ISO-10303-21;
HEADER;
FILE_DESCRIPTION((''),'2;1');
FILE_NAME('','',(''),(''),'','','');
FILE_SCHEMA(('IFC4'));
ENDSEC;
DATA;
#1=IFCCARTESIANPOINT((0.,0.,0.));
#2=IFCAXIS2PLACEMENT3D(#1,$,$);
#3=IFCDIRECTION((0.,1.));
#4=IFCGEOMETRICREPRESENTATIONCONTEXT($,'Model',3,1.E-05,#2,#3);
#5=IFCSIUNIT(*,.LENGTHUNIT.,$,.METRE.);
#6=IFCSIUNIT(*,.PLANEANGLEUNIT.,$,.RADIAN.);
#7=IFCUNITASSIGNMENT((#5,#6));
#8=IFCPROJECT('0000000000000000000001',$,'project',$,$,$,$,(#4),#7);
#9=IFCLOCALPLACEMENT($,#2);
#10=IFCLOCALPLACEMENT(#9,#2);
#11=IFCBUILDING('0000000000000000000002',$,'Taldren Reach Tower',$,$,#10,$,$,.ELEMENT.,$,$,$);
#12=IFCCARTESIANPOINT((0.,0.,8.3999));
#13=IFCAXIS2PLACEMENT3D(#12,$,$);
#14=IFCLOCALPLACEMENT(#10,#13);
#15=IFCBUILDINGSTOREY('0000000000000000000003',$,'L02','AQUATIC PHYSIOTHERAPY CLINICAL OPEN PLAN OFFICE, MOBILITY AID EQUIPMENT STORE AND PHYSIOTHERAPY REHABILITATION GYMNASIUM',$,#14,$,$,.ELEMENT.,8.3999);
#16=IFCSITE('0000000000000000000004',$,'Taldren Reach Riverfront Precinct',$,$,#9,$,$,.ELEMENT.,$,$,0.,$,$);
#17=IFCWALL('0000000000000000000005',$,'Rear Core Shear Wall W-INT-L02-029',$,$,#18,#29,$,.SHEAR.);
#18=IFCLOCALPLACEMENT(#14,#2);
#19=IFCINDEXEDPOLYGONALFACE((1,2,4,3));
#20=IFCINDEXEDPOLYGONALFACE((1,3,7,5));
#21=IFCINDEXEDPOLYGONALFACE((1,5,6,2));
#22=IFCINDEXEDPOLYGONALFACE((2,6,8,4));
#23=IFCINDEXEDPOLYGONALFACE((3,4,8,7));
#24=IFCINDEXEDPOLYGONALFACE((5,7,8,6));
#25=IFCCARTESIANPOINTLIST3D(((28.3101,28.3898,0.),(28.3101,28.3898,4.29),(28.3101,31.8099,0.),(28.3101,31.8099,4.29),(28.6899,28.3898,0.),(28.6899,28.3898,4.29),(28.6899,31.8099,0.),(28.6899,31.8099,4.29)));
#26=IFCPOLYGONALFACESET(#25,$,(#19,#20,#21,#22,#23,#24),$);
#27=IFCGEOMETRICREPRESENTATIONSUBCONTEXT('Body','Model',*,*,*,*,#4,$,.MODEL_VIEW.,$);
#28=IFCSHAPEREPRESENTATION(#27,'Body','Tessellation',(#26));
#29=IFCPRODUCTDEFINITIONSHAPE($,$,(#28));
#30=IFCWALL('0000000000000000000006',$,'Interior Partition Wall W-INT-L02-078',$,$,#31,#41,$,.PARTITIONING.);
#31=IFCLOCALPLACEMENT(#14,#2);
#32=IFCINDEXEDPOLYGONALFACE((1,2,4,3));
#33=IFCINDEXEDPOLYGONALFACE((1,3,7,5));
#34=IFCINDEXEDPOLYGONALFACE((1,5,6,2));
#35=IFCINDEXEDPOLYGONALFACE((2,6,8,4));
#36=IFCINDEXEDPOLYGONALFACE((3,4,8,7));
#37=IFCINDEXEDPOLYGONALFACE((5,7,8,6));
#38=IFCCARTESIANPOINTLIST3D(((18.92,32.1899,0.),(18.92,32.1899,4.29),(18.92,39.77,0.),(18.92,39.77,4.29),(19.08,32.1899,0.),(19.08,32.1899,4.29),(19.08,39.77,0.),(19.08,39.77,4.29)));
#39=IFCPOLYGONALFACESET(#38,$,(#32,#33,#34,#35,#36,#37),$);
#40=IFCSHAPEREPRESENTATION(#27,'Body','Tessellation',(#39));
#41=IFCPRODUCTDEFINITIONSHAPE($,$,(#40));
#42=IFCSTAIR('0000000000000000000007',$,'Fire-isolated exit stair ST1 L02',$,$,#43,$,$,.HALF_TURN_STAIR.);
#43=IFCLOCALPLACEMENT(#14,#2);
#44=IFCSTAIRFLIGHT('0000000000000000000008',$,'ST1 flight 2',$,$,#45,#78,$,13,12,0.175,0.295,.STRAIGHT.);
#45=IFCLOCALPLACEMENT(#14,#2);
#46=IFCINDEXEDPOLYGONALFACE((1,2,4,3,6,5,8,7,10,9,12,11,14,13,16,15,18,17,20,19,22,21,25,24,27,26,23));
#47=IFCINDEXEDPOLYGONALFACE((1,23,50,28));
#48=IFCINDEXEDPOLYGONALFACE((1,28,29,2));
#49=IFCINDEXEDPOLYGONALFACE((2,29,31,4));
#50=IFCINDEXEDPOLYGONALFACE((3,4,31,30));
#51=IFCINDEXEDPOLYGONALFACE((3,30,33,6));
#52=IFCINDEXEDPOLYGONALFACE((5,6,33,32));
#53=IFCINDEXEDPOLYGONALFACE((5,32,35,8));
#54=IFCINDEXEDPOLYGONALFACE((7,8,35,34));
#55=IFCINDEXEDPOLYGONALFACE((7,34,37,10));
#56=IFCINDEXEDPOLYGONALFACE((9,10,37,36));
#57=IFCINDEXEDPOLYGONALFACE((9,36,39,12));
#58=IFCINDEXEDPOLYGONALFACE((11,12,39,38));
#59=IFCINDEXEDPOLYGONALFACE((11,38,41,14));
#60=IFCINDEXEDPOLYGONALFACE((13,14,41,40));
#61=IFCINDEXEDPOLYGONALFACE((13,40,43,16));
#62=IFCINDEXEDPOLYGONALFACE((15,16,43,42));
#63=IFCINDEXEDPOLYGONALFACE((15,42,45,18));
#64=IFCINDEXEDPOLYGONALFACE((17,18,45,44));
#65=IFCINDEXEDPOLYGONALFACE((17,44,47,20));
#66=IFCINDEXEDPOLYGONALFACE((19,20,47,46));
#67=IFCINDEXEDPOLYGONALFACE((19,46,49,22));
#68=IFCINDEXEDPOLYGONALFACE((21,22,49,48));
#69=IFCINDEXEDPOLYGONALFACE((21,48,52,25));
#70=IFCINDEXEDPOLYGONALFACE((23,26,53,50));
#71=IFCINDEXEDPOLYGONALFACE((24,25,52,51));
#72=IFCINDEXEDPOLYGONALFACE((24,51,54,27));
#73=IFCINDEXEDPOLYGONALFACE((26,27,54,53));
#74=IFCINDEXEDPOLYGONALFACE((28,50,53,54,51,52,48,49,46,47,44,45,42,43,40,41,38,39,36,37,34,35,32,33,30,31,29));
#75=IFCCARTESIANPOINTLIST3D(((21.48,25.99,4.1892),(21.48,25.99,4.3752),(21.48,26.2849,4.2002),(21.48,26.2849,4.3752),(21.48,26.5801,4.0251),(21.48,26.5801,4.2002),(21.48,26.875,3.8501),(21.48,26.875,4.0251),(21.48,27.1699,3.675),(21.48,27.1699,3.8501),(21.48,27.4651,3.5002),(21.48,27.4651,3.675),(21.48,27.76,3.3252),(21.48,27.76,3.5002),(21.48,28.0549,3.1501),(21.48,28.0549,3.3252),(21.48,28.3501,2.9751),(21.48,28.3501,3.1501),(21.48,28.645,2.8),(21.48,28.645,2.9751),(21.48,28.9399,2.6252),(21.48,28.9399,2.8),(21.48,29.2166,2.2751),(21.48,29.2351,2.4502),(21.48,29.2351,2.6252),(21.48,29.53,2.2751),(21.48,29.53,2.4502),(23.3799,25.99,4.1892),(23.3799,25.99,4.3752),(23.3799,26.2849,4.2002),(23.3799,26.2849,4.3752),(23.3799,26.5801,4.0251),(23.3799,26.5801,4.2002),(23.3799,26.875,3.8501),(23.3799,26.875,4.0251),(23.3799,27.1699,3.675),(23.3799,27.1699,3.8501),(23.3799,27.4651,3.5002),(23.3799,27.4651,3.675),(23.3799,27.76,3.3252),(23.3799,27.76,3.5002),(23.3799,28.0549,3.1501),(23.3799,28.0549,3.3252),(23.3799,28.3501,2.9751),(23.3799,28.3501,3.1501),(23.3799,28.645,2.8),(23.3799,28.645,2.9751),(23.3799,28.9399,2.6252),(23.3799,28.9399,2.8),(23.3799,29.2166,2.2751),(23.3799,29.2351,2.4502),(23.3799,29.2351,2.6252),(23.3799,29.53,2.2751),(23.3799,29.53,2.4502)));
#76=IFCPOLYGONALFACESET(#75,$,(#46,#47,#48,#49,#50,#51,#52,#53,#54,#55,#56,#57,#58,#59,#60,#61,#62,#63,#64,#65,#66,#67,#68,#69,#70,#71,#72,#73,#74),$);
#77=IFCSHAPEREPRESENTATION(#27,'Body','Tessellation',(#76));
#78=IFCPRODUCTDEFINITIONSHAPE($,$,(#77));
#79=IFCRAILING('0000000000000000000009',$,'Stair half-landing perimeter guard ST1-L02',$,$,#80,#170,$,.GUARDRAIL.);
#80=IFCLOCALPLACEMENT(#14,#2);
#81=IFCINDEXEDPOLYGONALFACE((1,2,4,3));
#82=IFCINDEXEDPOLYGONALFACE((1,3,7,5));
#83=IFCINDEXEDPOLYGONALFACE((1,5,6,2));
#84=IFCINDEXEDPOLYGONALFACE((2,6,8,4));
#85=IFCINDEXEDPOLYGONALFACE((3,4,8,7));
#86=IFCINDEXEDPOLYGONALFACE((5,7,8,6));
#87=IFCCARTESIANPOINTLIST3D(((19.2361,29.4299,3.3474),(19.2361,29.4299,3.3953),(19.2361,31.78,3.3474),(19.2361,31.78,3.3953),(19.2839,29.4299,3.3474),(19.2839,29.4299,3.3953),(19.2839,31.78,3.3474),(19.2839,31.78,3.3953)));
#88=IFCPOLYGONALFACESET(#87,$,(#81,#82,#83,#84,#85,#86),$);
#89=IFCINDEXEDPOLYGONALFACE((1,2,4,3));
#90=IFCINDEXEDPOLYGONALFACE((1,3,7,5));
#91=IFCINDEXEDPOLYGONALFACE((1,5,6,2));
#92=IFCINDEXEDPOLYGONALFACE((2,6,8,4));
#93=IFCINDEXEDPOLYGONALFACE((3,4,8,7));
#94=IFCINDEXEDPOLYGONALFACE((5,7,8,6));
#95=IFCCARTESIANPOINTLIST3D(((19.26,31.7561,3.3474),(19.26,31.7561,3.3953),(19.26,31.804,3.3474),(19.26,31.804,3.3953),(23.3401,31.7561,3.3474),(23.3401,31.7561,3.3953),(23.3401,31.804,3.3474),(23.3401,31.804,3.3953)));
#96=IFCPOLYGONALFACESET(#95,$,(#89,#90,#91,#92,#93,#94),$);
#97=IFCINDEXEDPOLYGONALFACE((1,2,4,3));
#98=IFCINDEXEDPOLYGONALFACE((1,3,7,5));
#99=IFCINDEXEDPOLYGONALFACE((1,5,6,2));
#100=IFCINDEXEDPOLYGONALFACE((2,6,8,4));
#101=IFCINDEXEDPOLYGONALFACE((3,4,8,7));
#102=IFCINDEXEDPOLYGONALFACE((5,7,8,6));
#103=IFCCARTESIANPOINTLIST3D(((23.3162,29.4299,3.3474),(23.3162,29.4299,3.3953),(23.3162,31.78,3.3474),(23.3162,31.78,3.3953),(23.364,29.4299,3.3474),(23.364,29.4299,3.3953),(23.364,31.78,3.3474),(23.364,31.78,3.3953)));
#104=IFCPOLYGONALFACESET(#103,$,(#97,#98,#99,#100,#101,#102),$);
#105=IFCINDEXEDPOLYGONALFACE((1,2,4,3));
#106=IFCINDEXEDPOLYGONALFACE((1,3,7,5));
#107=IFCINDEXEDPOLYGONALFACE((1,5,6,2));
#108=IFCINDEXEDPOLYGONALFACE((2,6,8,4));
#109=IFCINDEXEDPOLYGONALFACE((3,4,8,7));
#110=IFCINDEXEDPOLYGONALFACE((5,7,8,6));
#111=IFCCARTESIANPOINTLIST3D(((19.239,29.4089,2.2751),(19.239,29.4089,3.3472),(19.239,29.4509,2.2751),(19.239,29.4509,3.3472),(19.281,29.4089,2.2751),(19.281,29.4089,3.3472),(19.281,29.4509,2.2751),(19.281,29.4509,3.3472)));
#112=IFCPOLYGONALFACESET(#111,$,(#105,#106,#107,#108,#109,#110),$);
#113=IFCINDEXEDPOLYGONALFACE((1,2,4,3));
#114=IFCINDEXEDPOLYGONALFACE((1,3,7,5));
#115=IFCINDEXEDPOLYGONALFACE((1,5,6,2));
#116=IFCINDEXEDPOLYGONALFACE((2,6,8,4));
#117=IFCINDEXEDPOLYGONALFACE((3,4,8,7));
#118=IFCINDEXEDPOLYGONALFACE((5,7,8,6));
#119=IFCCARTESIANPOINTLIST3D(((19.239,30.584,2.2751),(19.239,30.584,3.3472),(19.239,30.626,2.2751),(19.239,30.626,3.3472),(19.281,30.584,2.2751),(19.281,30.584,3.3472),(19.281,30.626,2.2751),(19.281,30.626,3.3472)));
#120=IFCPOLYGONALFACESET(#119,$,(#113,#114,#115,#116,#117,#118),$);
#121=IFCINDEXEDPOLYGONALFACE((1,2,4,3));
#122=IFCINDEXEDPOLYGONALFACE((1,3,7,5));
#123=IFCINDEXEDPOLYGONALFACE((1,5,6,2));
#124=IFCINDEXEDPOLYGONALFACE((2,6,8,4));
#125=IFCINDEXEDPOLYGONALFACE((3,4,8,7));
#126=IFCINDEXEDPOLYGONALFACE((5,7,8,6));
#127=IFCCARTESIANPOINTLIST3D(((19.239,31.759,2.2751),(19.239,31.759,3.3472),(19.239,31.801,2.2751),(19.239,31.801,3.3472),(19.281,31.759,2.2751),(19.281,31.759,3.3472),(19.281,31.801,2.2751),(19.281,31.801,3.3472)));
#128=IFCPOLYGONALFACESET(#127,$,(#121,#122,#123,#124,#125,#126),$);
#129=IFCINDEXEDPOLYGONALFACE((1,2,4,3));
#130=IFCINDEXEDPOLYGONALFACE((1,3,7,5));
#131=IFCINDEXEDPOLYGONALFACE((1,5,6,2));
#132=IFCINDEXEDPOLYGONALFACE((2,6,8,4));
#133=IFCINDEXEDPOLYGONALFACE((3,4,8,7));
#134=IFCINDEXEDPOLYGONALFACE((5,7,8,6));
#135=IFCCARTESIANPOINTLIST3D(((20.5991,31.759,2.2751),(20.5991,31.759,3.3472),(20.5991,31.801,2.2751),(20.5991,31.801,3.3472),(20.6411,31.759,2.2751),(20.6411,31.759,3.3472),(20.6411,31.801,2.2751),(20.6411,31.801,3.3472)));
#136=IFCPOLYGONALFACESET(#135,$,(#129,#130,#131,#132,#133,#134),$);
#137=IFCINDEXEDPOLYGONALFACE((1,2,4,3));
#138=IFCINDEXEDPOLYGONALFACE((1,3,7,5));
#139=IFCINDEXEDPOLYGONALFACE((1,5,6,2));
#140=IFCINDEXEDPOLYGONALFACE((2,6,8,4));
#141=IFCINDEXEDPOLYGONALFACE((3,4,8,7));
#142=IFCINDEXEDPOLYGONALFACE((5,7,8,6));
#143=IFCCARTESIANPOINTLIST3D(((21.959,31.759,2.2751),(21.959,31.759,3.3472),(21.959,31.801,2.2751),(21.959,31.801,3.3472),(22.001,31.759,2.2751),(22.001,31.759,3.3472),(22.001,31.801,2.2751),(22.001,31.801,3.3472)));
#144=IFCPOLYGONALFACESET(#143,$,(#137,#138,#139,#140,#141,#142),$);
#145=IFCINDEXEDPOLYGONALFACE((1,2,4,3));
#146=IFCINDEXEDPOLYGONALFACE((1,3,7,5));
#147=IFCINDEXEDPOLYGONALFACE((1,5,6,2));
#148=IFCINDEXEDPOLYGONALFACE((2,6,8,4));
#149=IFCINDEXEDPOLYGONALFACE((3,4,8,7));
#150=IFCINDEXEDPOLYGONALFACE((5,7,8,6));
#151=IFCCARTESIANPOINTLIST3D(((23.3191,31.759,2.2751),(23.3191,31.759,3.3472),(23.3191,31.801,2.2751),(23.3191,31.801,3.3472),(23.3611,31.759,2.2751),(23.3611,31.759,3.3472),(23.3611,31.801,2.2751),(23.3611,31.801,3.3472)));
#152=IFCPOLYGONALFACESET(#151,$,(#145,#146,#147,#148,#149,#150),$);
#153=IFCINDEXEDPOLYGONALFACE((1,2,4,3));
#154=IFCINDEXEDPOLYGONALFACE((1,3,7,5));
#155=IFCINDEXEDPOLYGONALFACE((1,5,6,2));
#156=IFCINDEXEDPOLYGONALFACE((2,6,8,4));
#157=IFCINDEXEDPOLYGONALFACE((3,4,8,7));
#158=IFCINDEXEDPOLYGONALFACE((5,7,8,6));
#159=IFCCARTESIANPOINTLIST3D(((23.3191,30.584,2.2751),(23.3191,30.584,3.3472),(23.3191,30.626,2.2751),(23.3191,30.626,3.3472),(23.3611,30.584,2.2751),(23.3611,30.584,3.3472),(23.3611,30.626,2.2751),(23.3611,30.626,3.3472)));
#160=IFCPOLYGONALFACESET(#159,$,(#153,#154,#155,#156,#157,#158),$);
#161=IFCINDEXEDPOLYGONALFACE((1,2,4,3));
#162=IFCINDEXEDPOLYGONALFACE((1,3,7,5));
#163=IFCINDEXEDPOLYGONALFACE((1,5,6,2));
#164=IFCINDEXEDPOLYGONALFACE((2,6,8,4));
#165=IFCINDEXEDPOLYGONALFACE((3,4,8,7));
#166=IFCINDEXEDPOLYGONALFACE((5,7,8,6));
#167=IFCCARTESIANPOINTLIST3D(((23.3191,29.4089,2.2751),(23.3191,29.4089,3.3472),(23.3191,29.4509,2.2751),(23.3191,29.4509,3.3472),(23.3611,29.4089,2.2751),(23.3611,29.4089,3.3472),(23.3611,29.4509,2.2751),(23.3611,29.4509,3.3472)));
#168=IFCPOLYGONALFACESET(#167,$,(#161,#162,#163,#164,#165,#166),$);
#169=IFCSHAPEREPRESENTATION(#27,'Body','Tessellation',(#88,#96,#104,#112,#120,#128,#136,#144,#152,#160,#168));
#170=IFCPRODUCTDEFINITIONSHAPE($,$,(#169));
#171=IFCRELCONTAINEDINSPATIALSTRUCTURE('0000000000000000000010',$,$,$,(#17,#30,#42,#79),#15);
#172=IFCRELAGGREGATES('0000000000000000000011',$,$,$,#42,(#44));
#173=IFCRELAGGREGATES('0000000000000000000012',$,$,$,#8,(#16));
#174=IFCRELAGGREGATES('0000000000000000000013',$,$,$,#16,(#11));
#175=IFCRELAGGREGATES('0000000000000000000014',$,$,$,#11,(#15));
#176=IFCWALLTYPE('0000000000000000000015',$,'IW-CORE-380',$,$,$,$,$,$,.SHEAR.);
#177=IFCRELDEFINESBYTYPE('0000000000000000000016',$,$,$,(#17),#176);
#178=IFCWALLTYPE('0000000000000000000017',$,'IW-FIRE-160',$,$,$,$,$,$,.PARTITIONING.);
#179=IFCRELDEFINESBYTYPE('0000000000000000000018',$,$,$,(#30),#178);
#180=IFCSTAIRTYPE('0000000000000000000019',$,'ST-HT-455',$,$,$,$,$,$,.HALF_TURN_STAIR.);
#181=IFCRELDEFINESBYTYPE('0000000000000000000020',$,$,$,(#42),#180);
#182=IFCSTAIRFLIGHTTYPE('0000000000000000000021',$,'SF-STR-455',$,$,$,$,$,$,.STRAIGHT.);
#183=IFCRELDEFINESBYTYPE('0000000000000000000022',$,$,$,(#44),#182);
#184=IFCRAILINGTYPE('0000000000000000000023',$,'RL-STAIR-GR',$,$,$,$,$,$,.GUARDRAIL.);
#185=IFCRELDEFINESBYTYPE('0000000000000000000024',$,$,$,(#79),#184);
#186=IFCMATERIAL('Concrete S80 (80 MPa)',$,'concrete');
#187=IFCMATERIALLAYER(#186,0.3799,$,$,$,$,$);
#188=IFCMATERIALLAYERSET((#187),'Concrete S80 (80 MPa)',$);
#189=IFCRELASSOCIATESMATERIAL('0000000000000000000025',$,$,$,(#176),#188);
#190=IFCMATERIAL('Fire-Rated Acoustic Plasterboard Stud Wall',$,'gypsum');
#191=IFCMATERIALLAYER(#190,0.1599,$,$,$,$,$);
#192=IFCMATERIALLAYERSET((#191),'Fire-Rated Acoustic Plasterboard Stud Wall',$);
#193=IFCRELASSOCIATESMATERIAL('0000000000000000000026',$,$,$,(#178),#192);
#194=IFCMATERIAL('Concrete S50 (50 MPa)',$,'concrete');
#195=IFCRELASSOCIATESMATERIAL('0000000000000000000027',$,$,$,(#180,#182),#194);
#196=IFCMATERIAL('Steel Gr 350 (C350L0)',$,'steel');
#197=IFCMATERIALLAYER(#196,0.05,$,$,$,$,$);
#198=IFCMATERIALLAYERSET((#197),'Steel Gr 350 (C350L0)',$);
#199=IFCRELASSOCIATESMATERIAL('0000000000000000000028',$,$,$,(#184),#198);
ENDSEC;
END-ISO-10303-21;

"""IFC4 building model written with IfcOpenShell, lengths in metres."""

from ifc_helpers import new_model, si_unit, direction, frame, frame_2d, origin, origin_2d, place, context, subcontext, project, spatial, polyline, rectangle, outline, extrude, source, transform, mapped, material, layer, layer_set, type_object, element, aggregate, save


model = new_model("IFC4")

# Units and contexts
model_context = context("Model", 3, precision=1e-05, world=origin(), true_north=direction((0.0, 1.0)))
body_context = subcontext(model_context, "Body", "Model", "MODEL_VIEW")
ifc_project = project(units=[si_unit("LENGTHUNIT", "METRE"), si_unit("PLANEANGLEUNIT", "RADIAN")], contexts=[model_context])

# Site, building, storey
site_placement = place(None, origin())
site = spatial("IfcSite", under=ifc_project, at=site_placement, Name="Taldren Reach Riverfront Precinct", CompositionType="ELEMENT", RefElevation=0.0)
building_placement = place(site_placement, origin())
building = spatial("IfcBuilding", under=site, at=building_placement, Name="Taldren Reach Tower", CompositionType="ELEMENT")
storey_placement = place(building_placement, frame((0.0, 0.0, 8.3999)))
storey = spatial("IfcBuildingStorey", under=building, at=storey_placement, Name="L02", Description="AQUATIC PHYSIOTHERAPY CLINICAL OPEN PLAN OFFICE, MOBILITY AID EQUIPMENT STORE AND PHYSIOTHERAPY REHABILITATION GYMNASIUM", CompositionType="ELEMENT", Elevation=8.3999)

# Shared definitions
ifc_material_1 = material(Name="Steel Gr 350 (C350L0)", Category="steel")

# Wall
ifc_material_2 = material(Name="Concrete S80 (80 MPa)", Category="concrete")
ifc_layer_1 = layer(ifc_material_2, 0.3799)
ifc_layer_set_1 = layer_set([ifc_layer_1], Name="Concrete S80 (80 MPa)")
wall_type_1 = type_object("IfcWallType", Name="IW-CORE-380", PredefinedType="SHEAR", material=ifc_layer_set_1)
shared_shape_1 = source(origin(), body_context, "Body", "SweptSolid", [
    extrude(rectangle(XDim=3.4202, YDim=0.3799, at=frame_2d((1.71, 0.0))), origin(), (0.0, 0.0, 1.0), 4.29),
])
for number, where, z_axis, x_axis, name in (
    (1, (28.5, 28.3899, 0.0), (0.0, 0.0, 1.0), (0.0, 1.0, 0.0), "Rear Core Shear Wall W-INT-L02-029"),
):
    element("IfcWall", number, at=place(storey_placement, frame(where, z_axis=z_axis, x_axis=x_axis)), inside=storey, type_object=wall_type_1, Name=name, PredefinedType="SHEAR", context=body_context, shape_type="MappedRepresentation", body=[
        mapped(shared_shape_1, transform((0.0, 0.0, 0.0), scale=1.0)),
    ])

# Wall
ifc_material_3 = material(Name="Fire-Rated Acoustic Plasterboard Stud Wall", Category="gypsum")
ifc_layer_2 = layer(ifc_material_3, 0.1599)
ifc_layer_set_2 = layer_set([ifc_layer_2], Name="Fire-Rated Acoustic Plasterboard Stud Wall")
wall_type_2 = type_object("IfcWallType", Name="IW-FIRE-160", PredefinedType="PARTITIONING", material=ifc_layer_set_2)
shared_shape_2 = source(origin(), body_context, "Body", "SweptSolid", [
    extrude(rectangle(XDim=7.5801, YDim=0.1599, at=frame_2d((3.79, 0.0))), origin(), (0.0, 0.0, 1.0), 4.29),
])
wall_1_placement = place(storey_placement, frame((19.0, 39.77, 0.0), z_axis=(0.0, 0.0, 1.0), x_axis=(0.0, -1.0, 0.0)))
element("IfcWall", 2, at=wall_1_placement, inside=storey, type_object=wall_type_2, Name="Interior Partition Wall W-INT-L02-078", PredefinedType="PARTITIONING", context=body_context, shape_type="MappedRepresentation", body=[
    mapped(shared_shape_2, transform((0.0, 0.0, 0.0), scale=1.0)),
])

# Stair, stair flight
ifc_material_4 = material(Name="Concrete S50 (50 MPa)", Category="concrete")
stair_type = type_object("IfcStairType", Name="ST-HT-455", PredefinedType="HALF_TURN_STAIR", material=ifc_material_4)
stair_placement = place(storey_placement, origin())
stair = element("IfcStair", 3, at=stair_placement, inside=storey, type_object=stair_type, Name="Fire-isolated exit stair ST1 L02", PredefinedType="HALF_TURN_STAIR")
stair_flight_type = type_object("IfcStairFlightType", Name="SF-STR-455", PredefinedType="STRAIGHT", material=ifc_material_4)
stair_flight_placement = place(storey_placement, frame((22.4299, 29.53, 2.2751), z_axis=(0.0, 0.0, 1.0), x_axis=(0.0, -1.0, 0.0)))
stair_flight = element("IfcStairFlight", 4, at=stair_flight_placement, type_object=stair_flight_type, Name="ST1 flight 2", NumberOfRisers=13, NumberOfTreads=12, PredefinedType="STRAIGHT", RiserHeight=0.175, TreadLength=0.295, context=body_context, shape_type="SweptSolid", body=[
    extrude(outline(polyline([(0.0, 0.0), (0.0, 0.175), (0.2949, 0.175), (0.2949, 0.3501), (0.5901, 0.3501), (0.5901, 0.5249), (0.885, 0.5249), (0.885, 0.7), (1.1799, 0.7), (1.1799, 0.875), (1.4751, 0.875), (1.4751, 1.05), (1.77, 1.05), (1.77, 1.2251), (2.0649, 1.2251), (2.0649, 1.3999), (2.3601, 1.3999), (2.3601, 1.575), (2.655, 1.575), (2.655, 1.75), (2.95, 1.75), (2.95, 1.925), (3.2451, 1.925), (3.2451, 2.1001), (3.54, 2.1001), (3.54, 2.2749), (3.54, 1.9141), (0.3135, 0.0), (0.0, 0.0)])), frame((0.0, 0.95, 0.0), z_axis=(0.0, -1.0, 0.0), x_axis=(1.0, 0.0, 0.0)), (0.0, 0.0, 1.0), 1.8999),
])
aggregate(stair, [stair_flight])

# Railing
ifc_layer_3 = layer(ifc_material_1, 0.05)
ifc_layer_set_3 = layer_set([ifc_layer_3], Name="Steel Gr 350 (C350L0)")
railing_type_1 = type_object("IfcRailingType", Name="RL-STAIR-GR", PredefinedType="GUARDRAIL", material=ifc_layer_set_3)
railing_1_placement = place(storey_placement, frame((19.26, 29.4299, 2.2751)))
element("IfcRailing", 5, at=railing_1_placement, inside=storey, type_object=railing_type_1, Name="Stair half-landing perimeter guard ST1-L02", PredefinedType="GUARDRAIL", context=body_context, shape_type="SweptSolid", body=[
    extrude(rectangle(XDim=0.0479, YDim=0.0479, at=origin_2d()), frame((0.0, 0.0, 1.0962), z_axis=(0.0, 1.0, 0.0), x_axis=(-1.0, 0.0, 0.0)), (0.0, 0.0, 1.0), 2.3501),
    extrude(rectangle(XDim=0.0479, YDim=0.0479, at=origin_2d()), frame((0.0, 2.3501, 1.0962), z_axis=(1.0, 0.0, 0.0), x_axis=(0.0, 1.0, 0.0)), (0.0, 0.0, 1.0), 4.0801),
    extrude(rectangle(XDim=0.0479, YDim=0.0479, at=origin_2d()), frame((4.0801, 2.3501, 1.0962), z_axis=(0.0, -1.0, 0.0), x_axis=(1.0, 0.0, 0.0)), (0.0, 0.0, 1.0), 2.3501),
    extrude(rectangle(XDim=0.042, YDim=0.042, at=origin_2d()), origin(), (0.0, 0.0, 1.0), 1.072),
    extrude(rectangle(XDim=0.042, YDim=0.042, at=origin_2d()), frame((0.0, 1.175, 0.0)), (0.0, 0.0, 1.0), 1.072),
    extrude(rectangle(XDim=0.042, YDim=0.042, at=origin_2d()), frame((0.0, 2.3501, 0.0)), (0.0, 0.0, 1.0), 1.072),
    extrude(rectangle(XDim=0.042, YDim=0.042, at=origin_2d()), frame((1.3601, 2.3501, 0.0)), (0.0, 0.0, 1.0), 1.072),
    extrude(rectangle(XDim=0.042, YDim=0.042, at=origin_2d()), frame((2.72, 2.3501, 0.0)), (0.0, 0.0, 1.0), 1.072),
    extrude(rectangle(XDim=0.042, YDim=0.042, at=origin_2d()), frame((4.0801, 2.3501, 0.0)), (0.0, 0.0, 1.0), 1.072),
    extrude(rectangle(XDim=0.042, YDim=0.042, at=origin_2d()), frame((4.0801, 1.175, 0.0)), (0.0, 0.0, 1.0), 1.072),
    extrude(rectangle(XDim=0.042, YDim=0.042, at=origin_2d()), frame((4.0801, 0.0, 0.0)), (0.0, 0.0, 1.0), 1.072),
])

save(model, "model.ifc")
